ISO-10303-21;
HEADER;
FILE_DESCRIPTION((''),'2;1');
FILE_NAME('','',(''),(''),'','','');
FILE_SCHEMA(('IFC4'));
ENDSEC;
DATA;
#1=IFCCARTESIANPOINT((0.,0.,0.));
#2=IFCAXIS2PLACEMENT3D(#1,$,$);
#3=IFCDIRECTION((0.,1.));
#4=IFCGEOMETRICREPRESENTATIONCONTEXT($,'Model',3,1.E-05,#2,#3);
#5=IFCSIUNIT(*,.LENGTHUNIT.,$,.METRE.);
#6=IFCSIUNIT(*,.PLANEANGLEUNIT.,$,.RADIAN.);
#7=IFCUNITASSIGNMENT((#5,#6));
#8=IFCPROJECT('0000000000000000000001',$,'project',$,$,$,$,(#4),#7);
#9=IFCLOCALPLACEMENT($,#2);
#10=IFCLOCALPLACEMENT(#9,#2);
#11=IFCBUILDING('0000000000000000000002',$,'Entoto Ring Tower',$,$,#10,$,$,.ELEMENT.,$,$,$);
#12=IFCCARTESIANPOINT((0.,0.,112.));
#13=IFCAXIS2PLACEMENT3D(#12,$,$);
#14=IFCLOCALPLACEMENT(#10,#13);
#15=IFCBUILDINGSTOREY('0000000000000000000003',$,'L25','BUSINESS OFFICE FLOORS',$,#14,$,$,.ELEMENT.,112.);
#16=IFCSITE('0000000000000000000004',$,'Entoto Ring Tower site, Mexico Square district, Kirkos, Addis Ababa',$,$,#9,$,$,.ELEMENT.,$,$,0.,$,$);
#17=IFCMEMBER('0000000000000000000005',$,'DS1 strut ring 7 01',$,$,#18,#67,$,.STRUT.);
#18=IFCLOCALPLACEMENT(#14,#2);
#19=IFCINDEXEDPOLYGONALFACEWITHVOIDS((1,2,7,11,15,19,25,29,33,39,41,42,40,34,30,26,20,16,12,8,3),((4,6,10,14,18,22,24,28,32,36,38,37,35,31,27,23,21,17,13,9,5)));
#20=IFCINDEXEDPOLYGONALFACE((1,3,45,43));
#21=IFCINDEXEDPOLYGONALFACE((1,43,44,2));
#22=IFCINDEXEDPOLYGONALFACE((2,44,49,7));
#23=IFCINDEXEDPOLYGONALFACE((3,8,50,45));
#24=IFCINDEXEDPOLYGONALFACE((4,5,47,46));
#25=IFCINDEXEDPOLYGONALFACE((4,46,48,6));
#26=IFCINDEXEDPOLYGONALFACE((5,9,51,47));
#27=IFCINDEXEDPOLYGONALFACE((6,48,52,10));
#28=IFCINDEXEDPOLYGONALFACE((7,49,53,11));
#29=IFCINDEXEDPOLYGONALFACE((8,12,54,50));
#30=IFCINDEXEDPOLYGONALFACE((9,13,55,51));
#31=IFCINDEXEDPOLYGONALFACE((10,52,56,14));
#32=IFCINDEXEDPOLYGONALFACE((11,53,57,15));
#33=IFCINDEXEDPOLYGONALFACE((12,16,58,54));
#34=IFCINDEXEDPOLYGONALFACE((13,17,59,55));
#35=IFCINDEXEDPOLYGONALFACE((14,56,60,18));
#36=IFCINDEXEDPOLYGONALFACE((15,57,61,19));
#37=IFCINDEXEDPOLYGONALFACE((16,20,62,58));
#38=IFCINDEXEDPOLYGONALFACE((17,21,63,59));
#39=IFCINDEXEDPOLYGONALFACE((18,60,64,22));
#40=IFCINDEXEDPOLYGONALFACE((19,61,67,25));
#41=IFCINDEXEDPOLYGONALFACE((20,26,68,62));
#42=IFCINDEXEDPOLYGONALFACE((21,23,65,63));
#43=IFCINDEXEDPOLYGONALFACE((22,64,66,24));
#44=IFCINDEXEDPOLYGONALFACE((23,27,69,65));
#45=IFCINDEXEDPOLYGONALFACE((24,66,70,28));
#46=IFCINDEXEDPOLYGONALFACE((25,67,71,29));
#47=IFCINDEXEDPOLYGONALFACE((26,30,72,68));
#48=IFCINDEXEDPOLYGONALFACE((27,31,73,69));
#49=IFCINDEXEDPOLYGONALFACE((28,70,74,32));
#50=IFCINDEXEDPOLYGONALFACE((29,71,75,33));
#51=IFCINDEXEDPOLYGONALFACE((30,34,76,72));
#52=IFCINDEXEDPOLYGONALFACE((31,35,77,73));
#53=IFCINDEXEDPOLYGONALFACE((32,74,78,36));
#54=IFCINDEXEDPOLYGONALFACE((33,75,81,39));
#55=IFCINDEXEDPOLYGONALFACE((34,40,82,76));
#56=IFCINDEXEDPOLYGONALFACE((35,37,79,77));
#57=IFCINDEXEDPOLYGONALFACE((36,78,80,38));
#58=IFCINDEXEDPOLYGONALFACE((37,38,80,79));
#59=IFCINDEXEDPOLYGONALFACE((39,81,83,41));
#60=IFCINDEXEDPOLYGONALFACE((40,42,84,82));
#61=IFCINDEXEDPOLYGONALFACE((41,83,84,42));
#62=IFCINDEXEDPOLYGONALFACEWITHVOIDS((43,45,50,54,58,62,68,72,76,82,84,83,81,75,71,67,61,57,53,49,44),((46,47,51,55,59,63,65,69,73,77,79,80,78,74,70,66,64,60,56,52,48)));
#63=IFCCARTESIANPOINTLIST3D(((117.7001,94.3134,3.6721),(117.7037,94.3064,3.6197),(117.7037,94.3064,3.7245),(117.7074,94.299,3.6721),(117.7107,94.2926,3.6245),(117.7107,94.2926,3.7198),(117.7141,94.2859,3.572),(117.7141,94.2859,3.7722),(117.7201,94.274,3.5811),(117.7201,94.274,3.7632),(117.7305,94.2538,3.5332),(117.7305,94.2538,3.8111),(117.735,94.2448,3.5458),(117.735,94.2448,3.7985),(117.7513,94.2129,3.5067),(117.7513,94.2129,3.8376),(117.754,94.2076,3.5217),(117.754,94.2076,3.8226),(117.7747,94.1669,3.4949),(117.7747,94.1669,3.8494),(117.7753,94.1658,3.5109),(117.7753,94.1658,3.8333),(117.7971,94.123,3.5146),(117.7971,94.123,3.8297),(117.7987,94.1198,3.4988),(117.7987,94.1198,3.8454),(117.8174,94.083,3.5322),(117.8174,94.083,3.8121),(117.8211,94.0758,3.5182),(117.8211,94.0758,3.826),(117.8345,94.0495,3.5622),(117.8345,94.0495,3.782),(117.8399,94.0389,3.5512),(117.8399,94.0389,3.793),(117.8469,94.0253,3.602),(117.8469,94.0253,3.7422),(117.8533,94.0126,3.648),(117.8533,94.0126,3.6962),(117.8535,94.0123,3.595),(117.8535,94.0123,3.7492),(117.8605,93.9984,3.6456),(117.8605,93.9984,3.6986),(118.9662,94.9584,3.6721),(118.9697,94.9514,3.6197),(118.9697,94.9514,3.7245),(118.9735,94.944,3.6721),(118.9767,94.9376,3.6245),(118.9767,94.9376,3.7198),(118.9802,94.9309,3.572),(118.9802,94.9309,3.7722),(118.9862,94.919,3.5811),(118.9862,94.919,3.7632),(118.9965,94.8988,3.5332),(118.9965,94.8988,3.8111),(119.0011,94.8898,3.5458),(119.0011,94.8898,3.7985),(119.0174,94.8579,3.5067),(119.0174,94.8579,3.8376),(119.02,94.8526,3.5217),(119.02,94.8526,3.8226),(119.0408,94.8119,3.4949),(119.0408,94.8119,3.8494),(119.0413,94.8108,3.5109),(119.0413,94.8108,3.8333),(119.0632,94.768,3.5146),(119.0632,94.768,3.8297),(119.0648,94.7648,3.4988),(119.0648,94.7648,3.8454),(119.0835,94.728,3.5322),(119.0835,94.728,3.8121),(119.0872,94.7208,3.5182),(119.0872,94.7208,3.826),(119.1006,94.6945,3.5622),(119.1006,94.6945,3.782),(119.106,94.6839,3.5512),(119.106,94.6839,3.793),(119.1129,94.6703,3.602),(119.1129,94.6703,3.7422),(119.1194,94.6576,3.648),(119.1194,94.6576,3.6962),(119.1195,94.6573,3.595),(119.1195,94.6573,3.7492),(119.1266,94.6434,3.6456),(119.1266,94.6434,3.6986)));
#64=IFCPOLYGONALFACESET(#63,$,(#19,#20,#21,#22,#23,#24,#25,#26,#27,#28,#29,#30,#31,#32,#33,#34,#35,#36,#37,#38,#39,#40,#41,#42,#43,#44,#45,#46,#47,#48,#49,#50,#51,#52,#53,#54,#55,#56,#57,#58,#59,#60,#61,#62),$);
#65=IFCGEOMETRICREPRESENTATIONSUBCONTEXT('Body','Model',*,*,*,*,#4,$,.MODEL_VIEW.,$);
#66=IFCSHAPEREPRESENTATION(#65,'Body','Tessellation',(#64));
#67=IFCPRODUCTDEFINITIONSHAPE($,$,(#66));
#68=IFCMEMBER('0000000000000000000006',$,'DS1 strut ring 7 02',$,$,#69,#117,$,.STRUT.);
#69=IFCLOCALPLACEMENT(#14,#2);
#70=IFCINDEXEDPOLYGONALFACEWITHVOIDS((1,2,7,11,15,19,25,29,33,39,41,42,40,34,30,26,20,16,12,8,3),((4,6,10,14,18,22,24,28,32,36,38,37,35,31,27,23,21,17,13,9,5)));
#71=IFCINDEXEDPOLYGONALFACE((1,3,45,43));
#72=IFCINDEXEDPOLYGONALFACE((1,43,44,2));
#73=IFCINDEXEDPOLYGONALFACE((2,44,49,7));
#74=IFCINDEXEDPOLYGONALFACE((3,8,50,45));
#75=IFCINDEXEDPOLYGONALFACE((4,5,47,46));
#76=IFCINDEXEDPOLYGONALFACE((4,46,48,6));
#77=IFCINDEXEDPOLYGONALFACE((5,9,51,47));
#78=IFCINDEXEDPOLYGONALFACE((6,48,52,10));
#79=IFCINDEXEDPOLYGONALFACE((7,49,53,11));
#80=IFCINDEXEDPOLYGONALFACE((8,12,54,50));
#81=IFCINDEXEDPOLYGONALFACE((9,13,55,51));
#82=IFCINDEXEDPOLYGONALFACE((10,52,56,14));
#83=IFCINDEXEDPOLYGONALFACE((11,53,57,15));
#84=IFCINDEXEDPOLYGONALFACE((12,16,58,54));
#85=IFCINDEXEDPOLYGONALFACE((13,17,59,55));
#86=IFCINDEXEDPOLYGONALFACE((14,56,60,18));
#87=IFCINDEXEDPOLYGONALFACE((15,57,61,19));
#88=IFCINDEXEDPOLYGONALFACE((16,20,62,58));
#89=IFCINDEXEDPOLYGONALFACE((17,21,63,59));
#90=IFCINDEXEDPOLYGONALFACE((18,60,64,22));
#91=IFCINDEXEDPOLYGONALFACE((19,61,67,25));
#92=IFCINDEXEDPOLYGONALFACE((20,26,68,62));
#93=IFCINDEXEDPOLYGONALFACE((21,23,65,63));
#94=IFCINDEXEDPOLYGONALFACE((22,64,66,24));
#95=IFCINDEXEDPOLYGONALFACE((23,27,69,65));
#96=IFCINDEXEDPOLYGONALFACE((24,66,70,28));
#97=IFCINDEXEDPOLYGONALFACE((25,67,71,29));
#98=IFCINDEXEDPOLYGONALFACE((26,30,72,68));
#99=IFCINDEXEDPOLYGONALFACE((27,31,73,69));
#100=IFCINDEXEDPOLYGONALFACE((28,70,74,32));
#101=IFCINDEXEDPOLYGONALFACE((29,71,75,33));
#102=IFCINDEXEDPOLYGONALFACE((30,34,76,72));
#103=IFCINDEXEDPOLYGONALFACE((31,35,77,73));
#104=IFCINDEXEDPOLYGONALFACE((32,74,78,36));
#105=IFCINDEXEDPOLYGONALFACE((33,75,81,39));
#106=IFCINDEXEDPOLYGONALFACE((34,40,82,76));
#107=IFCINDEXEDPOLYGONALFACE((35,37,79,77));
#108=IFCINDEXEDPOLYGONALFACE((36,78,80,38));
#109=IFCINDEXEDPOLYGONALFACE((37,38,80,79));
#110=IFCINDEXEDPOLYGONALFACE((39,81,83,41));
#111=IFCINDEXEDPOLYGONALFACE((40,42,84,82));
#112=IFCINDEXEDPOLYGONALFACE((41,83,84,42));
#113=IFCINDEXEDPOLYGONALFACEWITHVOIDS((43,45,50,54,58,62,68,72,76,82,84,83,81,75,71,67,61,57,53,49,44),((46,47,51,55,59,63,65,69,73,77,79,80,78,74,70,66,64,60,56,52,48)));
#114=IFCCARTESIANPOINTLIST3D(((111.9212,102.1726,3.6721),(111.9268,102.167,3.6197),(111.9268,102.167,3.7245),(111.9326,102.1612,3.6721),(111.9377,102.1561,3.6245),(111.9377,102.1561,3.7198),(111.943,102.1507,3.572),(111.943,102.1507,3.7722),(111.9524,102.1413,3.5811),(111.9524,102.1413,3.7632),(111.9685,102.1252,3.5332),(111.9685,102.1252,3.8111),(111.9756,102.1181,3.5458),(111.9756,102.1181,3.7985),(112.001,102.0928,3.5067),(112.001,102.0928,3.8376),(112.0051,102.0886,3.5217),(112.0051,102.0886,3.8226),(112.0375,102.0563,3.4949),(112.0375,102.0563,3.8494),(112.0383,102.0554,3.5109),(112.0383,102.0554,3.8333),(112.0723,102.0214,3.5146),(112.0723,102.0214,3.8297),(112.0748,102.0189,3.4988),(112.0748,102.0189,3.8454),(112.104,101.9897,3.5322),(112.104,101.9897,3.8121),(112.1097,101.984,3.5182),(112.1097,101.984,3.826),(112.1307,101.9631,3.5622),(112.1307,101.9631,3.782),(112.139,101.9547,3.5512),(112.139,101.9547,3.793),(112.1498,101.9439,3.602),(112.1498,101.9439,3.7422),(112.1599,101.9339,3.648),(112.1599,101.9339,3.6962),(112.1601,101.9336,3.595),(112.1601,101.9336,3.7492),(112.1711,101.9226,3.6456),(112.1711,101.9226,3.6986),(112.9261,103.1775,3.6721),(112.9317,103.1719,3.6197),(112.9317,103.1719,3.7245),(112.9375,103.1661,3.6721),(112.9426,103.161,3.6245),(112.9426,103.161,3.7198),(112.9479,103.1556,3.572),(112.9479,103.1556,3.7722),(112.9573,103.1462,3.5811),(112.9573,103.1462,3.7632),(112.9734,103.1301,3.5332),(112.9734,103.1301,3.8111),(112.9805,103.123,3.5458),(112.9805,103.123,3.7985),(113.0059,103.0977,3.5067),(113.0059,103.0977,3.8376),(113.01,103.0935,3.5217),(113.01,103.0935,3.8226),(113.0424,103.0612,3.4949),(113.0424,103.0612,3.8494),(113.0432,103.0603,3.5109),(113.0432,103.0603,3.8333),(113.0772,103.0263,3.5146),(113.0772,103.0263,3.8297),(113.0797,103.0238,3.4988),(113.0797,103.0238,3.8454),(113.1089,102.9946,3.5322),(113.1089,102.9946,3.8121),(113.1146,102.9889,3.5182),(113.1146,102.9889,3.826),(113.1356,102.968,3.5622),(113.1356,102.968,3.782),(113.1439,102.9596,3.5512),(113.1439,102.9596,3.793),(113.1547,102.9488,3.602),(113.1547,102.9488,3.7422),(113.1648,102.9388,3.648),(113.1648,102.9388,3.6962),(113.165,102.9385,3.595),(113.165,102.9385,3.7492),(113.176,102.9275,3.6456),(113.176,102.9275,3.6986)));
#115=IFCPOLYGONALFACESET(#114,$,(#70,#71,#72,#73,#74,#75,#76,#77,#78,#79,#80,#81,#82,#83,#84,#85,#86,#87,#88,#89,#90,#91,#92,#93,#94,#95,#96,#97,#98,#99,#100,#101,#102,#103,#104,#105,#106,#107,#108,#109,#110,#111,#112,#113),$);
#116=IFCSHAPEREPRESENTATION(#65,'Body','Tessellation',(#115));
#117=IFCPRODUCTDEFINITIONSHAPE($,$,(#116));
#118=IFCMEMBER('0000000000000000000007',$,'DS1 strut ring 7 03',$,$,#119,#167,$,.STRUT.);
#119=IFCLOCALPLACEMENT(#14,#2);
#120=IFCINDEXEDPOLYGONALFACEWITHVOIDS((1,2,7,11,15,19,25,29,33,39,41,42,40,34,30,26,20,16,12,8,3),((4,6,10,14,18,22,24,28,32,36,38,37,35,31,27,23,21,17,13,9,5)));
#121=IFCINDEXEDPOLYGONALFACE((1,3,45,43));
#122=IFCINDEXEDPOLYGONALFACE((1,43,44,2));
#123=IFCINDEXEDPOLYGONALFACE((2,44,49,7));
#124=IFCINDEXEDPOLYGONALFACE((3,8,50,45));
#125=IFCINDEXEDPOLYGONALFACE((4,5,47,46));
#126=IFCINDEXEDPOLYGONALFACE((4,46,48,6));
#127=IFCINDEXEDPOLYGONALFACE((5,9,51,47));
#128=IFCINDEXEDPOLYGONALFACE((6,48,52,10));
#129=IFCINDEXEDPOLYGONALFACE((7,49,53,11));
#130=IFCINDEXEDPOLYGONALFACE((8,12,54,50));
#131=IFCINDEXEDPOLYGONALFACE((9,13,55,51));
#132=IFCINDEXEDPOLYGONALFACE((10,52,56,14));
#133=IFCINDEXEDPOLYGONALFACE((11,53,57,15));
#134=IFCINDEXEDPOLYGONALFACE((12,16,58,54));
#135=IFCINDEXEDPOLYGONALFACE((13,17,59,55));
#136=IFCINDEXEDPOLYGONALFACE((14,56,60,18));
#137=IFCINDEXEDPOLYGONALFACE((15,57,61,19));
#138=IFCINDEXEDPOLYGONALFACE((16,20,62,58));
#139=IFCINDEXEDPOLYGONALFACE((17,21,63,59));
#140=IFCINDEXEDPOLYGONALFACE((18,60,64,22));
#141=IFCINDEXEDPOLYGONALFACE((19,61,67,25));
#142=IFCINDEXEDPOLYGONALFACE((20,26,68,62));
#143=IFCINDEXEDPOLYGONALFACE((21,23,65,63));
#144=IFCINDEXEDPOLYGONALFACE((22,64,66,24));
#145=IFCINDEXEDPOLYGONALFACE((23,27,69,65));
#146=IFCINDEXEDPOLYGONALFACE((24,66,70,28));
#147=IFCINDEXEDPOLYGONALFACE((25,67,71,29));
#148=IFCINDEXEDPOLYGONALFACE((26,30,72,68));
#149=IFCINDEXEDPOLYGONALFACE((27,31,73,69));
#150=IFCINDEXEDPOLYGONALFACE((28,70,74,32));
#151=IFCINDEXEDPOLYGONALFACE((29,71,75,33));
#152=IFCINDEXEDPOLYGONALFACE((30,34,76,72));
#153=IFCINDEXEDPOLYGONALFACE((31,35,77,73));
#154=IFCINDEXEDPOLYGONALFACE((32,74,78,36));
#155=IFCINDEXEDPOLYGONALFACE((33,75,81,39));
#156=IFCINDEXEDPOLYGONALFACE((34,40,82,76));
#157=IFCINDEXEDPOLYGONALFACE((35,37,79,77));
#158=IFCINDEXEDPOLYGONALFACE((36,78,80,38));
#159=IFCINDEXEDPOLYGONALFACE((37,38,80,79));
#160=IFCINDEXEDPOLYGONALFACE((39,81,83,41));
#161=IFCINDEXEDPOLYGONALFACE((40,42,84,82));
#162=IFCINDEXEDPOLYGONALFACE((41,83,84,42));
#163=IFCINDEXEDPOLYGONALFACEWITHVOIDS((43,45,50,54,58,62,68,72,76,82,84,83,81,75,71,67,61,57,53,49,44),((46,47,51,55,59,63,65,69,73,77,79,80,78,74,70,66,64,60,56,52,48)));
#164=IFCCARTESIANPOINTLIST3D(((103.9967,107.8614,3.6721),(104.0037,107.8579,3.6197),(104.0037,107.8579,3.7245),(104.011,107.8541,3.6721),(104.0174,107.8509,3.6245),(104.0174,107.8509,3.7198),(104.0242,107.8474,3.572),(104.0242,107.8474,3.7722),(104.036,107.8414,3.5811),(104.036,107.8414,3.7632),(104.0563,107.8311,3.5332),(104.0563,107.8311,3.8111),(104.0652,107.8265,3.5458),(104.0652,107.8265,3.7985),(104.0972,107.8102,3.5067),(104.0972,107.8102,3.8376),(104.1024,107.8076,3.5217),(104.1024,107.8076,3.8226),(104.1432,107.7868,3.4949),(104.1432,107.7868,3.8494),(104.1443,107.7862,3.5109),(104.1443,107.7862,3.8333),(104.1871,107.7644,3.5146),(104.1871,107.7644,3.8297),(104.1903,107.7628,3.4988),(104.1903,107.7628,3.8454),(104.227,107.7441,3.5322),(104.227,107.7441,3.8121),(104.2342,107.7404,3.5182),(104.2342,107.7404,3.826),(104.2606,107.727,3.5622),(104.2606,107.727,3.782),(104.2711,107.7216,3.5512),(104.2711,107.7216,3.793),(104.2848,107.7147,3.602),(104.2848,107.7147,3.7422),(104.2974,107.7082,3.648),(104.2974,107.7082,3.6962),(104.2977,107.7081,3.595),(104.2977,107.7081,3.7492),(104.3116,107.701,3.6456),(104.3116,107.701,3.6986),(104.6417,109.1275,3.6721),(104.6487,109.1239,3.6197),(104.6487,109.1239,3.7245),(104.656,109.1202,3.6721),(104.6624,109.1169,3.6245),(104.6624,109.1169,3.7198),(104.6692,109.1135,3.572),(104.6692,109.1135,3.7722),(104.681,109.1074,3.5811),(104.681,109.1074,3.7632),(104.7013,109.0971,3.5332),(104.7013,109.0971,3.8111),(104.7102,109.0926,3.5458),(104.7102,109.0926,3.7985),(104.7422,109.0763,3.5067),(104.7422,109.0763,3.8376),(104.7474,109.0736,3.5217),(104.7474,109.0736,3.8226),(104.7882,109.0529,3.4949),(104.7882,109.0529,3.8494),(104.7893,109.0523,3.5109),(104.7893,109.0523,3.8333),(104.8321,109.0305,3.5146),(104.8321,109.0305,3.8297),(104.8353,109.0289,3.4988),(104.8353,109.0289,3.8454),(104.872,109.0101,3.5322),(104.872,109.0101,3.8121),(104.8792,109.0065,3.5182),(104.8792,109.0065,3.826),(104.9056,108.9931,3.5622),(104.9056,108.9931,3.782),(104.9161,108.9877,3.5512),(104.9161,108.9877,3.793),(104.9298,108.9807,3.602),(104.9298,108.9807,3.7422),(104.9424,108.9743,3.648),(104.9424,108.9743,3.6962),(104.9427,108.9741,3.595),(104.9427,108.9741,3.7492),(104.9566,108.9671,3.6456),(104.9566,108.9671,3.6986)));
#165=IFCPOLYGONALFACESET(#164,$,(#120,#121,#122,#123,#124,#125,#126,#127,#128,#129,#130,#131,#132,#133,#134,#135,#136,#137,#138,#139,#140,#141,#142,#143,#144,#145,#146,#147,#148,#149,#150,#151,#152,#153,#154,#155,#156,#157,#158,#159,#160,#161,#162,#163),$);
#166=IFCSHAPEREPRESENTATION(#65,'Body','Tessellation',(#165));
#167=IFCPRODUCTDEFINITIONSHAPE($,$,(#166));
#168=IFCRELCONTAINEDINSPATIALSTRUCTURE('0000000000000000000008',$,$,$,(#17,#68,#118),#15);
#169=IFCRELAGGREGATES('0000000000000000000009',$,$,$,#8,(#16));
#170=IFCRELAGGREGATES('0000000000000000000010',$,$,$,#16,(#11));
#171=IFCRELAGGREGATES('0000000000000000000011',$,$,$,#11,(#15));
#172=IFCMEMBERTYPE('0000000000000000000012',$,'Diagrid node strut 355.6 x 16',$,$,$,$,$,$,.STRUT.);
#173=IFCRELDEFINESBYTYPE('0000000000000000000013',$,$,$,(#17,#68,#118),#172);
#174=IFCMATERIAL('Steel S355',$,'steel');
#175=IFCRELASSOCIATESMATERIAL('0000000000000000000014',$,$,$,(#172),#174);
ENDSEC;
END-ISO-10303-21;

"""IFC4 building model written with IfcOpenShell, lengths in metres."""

from ifc_helpers import new_model, si_unit, direction, frame, origin, origin_2d, place, context, subcontext, project, spatial, circle, hollow_circle, extrude, material, material_profile, profile_set, type_object, element, save


model = new_model("IFC4")

# Units and contexts
model_context = context("Model", 3, precision=1e-05, world=origin(), true_north=direction((0.0, 1.0)))
body_context = subcontext(model_context, "Body", "Model", "MODEL_VIEW")
ifc_project = project(units=[si_unit("LENGTHUNIT", "METRE"), si_unit("PLANEANGLEUNIT", "RADIAN")], contexts=[model_context])

# Site, building, storey
site_placement = place(None, origin())
site = spatial("IfcSite", under=ifc_project, at=site_placement, Name="Entoto Ring Tower site, Mexico Square district, Kirkos, Addis Ababa", CompositionType="ELEMENT", RefElevation=0.0)
building_placement = place(site_placement, origin())
building = spatial("IfcBuilding", under=site, at=building_placement, Name="Entoto Ring Tower", CompositionType="ELEMENT")
storey_placement = place(building_placement, frame((0.0, 0.0, 112.0)))
storey = spatial("IfcBuildingStorey", under=building, at=storey_placement, Name="L25", Description="BUSINESS OFFICE FLOORS", CompositionType="ELEMENT", Elevation=112.0)

# Members
ifc_material_1 = material(Name="Steel S355", Category="steel")
ifc_material_profile_1 = material_profile(ifc_material_1, hollow_circle(Radius=0.1777, WallThickness=0.0161, at=origin_2d()), Name="CHS 355.6 x 16")
ifc_material_2 = material(Name="Concrete C60/75", Category="concrete")
ifc_material_profile_2 = material_profile(ifc_material_2, circle(Radius=0.1619, at=origin_2d()), Name="Concrete C60/75 infill")
ifc_profile_set_1 = profile_set([ifc_material_profile_1, ifc_material_profile_2], Name="Steel S355")
member_type = type_object("IfcMemberType", Name="Diagrid node strut 355.6 x 16", PredefinedType="STRUT", material=ifc_profile_set_1)
member_1_placement = place(storey_placement, frame((117.7808, 94.155, 3.6721), z_axis=(0.891034, 0.453936, 0.0), x_axis=(-0.453936, 0.891034, 0.0)))
element("IfcMember", 1, at=member_1_placement, inside=storey, type_object=member_type, Name="DS1 strut ring 7 01", PredefinedType="STRUT", context=body_context, shape_type="SweptSolid", body=[
    extrude(hollow_circle(Radius=0.1777, WallThickness=0.0161, at=origin_2d()), origin(), (0.0, 0.0, 1.0), 1.4209),
])
member_2_placement = place(storey_placement, frame((112.0469, 102.0469, 3.6721), z_axis=(0.707107, 0.707107, 0.0), x_axis=(-0.707107, 0.707107, 0.0)))
element("IfcMember", 2, at=member_2_placement, inside=storey, type_object=member_type, Name="DS1 strut ring 7 02", PredefinedType="STRUT", context=body_context, shape_type="SweptSolid", body=[
    extrude(hollow_circle(Radius=0.1777, WallThickness=0.0161, at=origin_2d()), origin(), (0.0, 0.0, 1.0), 1.4211),
])
member_3_placement = place(storey_placement, frame((104.155, 107.7808, 3.6721), z_axis=(0.453936, 0.891034, 0.0), x_axis=(-0.891034, 0.453936, 0.0)))
element("IfcMember", 3, at=member_3_placement, inside=storey, type_object=member_type, Name="DS1 strut ring 7 03", PredefinedType="STRUT", context=body_context, shape_type="SweptSolid", body=[
    extrude(hollow_circle(Radius=0.1777, WallThickness=0.0161, at=origin_2d()), origin(), (0.0, 0.0, 1.0), 1.4209),
])

save(model, "model.ifc")
